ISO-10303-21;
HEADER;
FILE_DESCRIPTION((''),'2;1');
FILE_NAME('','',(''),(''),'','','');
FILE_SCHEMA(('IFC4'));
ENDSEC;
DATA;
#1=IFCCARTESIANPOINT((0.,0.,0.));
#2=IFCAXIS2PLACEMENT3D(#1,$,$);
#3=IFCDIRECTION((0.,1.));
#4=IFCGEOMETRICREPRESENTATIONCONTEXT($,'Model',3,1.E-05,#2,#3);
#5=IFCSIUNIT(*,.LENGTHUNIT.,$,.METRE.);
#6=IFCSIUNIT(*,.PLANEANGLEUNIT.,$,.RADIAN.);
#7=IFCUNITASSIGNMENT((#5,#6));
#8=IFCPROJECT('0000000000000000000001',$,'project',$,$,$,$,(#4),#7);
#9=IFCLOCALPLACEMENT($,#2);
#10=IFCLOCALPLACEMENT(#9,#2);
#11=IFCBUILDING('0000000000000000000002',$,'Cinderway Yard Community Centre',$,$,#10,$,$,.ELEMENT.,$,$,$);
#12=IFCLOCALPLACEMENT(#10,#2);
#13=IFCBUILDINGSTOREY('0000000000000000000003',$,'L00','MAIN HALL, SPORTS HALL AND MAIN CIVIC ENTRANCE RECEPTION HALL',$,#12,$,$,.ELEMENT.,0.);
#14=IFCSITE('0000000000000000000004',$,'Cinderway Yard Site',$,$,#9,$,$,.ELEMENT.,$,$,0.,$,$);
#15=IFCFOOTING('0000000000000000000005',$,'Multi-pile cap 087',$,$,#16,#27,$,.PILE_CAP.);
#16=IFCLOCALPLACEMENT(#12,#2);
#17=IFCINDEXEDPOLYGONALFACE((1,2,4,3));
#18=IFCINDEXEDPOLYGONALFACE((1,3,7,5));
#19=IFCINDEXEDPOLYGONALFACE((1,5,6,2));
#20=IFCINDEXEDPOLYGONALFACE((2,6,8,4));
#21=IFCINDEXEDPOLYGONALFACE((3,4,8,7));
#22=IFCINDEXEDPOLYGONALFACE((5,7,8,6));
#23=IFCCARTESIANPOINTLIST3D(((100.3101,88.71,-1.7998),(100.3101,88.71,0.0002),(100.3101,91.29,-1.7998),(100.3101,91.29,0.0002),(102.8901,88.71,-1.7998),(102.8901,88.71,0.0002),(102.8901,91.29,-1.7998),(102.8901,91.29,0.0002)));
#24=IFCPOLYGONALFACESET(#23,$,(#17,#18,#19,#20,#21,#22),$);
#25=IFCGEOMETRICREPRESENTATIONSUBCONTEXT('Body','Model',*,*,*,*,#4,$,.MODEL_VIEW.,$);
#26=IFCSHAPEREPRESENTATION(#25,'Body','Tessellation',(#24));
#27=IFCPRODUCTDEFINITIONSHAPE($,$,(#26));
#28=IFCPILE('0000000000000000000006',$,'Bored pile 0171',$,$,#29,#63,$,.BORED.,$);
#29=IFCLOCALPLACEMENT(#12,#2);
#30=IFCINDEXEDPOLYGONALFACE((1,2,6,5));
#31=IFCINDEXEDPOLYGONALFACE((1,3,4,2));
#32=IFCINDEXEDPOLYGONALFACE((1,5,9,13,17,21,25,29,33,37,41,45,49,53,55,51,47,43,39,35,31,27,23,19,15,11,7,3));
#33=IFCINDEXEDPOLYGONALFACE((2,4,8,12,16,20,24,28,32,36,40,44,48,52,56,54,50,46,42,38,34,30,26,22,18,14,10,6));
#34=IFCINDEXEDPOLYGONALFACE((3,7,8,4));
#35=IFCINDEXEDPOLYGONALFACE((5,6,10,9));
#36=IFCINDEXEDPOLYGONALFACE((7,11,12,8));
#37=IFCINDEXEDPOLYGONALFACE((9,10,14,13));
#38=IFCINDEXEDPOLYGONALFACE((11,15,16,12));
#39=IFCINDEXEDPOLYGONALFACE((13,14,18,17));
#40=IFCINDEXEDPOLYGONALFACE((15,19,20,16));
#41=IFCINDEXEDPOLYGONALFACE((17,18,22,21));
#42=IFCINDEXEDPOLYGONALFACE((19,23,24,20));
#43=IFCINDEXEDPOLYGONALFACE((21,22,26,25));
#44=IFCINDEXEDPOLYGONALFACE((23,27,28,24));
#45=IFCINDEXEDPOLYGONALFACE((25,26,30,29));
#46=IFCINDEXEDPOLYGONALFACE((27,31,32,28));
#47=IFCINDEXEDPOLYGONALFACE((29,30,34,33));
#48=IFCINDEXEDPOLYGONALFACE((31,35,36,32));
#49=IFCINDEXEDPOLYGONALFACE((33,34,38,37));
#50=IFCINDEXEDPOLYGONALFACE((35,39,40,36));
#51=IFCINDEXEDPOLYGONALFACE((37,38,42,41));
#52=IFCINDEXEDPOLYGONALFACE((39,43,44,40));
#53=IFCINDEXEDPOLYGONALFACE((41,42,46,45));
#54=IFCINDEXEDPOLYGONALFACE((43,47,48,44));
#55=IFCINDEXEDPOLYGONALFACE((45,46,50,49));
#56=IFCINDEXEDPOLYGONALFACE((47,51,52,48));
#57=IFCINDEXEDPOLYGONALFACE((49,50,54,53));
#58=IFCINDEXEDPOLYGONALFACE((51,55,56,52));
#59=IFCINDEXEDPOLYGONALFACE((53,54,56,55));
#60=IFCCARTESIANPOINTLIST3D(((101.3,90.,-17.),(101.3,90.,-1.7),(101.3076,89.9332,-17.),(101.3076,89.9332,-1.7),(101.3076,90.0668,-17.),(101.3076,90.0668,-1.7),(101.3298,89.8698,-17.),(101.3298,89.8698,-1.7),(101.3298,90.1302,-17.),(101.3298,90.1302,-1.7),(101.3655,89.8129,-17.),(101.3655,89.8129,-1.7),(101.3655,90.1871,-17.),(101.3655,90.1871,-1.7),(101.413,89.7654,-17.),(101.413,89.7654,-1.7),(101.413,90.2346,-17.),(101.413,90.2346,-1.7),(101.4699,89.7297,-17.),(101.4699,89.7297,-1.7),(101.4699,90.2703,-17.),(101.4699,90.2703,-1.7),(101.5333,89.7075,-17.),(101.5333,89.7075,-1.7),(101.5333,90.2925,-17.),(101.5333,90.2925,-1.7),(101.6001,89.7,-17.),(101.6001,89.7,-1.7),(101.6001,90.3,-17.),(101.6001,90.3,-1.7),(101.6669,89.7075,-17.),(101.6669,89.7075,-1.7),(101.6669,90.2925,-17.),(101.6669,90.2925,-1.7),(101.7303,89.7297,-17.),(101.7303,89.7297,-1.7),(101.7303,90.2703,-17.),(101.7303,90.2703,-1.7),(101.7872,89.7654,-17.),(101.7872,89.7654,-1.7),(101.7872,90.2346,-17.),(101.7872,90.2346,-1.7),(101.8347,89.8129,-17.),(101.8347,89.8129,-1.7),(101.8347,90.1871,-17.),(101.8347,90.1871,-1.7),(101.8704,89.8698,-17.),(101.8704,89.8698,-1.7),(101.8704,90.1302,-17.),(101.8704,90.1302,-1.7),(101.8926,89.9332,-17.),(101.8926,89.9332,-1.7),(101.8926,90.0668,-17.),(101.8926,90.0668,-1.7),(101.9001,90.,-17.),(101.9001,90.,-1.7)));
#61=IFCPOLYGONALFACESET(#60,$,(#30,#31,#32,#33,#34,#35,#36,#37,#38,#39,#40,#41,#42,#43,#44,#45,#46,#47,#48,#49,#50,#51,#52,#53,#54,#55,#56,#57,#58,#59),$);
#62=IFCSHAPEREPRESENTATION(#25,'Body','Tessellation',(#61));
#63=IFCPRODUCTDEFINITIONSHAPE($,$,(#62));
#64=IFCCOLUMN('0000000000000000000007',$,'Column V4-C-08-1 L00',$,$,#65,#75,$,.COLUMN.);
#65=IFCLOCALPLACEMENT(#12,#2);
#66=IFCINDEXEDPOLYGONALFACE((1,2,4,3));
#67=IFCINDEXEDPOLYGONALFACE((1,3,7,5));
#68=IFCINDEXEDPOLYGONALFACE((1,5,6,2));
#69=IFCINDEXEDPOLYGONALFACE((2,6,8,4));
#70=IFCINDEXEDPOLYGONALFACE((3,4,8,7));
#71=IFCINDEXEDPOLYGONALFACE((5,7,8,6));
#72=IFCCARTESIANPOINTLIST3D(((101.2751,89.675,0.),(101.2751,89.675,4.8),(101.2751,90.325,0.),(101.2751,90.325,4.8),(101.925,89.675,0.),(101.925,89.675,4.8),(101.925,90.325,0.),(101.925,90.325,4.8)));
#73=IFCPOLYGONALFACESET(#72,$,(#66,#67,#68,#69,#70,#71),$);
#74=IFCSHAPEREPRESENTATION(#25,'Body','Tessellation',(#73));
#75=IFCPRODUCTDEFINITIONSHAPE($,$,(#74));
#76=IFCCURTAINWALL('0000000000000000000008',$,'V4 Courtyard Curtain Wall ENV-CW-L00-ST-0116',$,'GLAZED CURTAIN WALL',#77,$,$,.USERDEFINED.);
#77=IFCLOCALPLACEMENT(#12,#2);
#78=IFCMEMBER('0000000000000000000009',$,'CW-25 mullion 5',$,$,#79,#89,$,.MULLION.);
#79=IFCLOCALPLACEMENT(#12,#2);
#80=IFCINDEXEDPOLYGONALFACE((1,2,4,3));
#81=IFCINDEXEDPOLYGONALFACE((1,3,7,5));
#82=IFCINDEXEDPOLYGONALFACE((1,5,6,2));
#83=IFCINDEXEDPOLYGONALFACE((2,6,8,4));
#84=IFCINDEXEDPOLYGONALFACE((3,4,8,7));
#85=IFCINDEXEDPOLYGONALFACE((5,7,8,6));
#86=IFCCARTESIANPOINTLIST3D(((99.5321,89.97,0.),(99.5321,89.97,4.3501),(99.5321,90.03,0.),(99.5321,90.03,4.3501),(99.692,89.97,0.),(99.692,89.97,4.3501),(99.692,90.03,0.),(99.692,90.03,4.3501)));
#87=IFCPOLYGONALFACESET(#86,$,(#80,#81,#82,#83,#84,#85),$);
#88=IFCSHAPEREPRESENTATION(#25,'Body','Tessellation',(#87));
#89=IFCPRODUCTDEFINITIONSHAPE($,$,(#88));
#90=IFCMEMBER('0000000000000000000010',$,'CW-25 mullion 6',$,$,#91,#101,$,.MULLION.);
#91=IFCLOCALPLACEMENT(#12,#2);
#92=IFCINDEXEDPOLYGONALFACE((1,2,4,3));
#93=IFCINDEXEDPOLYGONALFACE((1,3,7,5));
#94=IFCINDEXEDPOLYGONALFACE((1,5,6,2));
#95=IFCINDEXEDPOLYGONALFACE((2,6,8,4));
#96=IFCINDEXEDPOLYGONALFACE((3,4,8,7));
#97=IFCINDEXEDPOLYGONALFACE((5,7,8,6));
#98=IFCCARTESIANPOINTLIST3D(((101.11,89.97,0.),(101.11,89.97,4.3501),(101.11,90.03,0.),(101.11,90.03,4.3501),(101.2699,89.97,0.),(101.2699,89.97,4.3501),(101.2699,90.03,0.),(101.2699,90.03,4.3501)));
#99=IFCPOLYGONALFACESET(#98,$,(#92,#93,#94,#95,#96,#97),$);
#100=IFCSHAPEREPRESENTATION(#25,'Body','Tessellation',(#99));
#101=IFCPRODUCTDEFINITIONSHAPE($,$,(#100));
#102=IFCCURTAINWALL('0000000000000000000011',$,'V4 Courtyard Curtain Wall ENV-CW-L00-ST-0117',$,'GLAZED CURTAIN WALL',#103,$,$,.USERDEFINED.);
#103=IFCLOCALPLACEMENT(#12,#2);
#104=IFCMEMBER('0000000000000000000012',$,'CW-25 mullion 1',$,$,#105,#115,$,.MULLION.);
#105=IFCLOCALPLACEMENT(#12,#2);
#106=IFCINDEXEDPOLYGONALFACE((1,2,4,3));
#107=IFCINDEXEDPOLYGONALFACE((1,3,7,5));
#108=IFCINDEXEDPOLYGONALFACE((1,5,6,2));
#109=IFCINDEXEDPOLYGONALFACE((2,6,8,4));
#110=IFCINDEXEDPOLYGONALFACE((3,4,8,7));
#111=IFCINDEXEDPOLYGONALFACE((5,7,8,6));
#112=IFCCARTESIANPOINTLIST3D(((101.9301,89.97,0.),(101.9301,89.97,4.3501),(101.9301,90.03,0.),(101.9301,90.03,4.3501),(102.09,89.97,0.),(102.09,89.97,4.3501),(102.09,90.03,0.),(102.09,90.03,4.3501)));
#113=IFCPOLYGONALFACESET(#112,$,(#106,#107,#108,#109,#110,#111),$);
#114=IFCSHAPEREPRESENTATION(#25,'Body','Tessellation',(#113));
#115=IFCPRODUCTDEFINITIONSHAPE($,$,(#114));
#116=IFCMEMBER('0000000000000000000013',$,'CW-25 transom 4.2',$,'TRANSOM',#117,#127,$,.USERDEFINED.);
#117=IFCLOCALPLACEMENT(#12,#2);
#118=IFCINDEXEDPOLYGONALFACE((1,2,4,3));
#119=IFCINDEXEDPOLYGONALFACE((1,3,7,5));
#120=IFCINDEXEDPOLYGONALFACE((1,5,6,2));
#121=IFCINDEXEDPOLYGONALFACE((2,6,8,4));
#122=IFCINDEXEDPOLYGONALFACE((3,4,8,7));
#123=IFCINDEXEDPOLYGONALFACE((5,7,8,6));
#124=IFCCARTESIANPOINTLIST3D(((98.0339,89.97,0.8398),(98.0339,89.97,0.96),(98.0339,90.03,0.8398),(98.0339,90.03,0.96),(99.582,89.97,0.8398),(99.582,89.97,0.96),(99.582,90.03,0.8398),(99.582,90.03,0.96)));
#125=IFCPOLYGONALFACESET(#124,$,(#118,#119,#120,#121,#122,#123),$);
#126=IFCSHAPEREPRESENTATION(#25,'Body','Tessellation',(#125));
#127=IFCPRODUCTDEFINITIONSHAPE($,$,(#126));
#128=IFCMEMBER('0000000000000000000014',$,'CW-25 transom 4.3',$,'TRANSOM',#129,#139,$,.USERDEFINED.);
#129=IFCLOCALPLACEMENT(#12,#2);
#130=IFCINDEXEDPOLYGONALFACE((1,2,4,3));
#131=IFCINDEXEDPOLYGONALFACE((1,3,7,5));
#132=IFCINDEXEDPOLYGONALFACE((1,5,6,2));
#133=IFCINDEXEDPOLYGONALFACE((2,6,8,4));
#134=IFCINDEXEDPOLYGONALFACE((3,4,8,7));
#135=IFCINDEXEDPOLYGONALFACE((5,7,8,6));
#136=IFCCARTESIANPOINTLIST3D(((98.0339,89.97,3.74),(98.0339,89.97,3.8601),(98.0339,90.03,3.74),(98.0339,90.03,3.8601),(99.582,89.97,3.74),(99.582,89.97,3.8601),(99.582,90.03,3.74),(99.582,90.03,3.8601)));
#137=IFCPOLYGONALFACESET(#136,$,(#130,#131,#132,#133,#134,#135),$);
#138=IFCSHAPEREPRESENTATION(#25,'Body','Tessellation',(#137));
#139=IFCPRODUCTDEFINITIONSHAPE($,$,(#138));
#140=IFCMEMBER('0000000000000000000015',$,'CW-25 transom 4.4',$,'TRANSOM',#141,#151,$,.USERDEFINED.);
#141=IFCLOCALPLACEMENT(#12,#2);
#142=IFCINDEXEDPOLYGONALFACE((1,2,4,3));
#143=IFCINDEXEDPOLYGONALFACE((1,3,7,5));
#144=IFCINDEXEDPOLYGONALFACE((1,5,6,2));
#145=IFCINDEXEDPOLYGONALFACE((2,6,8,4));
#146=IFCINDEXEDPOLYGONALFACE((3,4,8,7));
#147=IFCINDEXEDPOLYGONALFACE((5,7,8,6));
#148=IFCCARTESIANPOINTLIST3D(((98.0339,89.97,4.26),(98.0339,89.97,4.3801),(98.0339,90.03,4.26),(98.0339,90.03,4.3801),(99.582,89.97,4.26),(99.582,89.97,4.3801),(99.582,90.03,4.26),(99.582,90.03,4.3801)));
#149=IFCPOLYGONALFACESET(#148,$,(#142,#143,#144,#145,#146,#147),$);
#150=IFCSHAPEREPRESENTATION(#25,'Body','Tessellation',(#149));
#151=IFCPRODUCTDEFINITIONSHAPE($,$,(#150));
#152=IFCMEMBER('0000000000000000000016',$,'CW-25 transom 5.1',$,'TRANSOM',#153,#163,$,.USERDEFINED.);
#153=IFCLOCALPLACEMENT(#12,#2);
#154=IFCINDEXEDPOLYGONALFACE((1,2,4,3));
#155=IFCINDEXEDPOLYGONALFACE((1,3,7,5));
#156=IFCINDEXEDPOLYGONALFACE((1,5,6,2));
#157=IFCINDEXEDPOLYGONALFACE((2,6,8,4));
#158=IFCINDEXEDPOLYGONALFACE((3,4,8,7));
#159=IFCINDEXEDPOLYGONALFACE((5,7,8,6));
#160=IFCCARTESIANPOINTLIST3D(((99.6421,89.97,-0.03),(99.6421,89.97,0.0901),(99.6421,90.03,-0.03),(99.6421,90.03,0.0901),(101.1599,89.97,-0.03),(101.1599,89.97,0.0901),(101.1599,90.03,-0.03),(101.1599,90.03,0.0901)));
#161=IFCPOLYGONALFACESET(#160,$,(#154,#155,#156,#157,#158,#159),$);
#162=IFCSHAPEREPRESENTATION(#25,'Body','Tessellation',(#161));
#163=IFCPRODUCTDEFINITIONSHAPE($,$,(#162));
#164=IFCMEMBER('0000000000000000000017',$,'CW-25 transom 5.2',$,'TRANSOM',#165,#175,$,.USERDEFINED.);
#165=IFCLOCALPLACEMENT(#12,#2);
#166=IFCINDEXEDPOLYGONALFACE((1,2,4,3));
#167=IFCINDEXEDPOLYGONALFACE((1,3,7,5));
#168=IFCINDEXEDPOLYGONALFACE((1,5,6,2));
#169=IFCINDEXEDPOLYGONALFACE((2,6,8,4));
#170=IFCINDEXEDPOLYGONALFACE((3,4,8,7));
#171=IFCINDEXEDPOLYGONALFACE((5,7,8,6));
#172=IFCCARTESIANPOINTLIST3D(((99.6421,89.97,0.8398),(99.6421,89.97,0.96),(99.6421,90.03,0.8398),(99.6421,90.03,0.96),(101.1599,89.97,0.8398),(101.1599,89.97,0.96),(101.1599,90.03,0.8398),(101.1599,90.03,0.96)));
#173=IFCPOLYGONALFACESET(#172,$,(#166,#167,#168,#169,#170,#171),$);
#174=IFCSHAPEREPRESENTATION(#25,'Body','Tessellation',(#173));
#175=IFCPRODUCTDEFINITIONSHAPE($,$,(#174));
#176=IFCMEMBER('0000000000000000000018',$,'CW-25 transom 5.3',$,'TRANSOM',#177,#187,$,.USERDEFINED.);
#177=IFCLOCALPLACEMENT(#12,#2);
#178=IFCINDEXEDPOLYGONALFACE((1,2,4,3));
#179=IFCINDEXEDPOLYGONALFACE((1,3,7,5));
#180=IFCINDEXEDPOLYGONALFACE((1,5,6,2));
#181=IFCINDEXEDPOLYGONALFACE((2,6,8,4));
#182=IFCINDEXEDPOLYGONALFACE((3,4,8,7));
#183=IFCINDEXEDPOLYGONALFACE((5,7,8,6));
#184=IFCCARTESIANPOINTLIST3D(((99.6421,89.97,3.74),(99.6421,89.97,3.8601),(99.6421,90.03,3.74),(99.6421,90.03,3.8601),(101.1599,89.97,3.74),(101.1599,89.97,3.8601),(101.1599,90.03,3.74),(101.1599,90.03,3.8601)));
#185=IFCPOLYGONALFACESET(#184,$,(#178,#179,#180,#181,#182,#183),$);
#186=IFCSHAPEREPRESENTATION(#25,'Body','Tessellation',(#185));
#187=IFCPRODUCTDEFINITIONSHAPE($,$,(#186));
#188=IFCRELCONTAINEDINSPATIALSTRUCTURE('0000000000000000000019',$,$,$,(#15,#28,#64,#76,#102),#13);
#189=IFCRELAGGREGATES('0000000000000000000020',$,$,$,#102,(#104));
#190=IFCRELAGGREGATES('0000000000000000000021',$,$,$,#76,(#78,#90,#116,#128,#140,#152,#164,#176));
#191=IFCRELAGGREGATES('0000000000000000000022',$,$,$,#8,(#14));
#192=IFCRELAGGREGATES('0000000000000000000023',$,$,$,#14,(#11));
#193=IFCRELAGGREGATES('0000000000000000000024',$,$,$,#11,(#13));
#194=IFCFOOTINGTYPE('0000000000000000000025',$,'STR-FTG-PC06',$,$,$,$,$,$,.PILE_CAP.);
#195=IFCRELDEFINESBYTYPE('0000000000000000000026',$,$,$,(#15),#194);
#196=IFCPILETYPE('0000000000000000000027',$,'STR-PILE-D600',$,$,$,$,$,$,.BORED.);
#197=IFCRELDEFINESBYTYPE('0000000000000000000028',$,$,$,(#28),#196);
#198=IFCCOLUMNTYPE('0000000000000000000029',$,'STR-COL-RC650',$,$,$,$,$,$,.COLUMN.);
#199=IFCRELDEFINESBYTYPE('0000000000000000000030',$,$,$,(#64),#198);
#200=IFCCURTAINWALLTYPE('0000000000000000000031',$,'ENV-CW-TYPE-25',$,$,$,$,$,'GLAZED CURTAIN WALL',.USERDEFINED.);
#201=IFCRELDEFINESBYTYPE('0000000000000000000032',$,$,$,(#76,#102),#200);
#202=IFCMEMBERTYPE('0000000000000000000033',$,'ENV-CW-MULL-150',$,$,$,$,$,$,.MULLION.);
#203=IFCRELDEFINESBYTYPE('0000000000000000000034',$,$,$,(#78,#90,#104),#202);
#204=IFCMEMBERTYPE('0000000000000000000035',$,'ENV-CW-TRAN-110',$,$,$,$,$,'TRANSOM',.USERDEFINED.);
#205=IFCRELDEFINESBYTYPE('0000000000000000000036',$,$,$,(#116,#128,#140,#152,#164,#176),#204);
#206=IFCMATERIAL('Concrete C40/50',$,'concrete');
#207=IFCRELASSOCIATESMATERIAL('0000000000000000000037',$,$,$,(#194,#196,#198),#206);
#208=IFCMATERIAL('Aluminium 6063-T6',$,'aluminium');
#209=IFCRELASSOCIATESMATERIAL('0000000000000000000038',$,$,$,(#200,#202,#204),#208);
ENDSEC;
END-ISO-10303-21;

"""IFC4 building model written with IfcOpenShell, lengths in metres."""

from ifc_helpers import new_model, si_unit, direction, frame, origin, origin_2d, place, context, subcontext, project, spatial, rectangle, circle, extrude, material, material_profile, profile_set, type_object, element, aggregate, save


model = new_model("IFC4")

# Units and contexts
model_context = context("Model", 3, precision=1e-05, world=origin(), true_north=direction((0.0, 1.0)))
body_context = subcontext(model_context, "Body", "Model", "MODEL_VIEW")
ifc_project = project(units=[si_unit("LENGTHUNIT", "METRE"), si_unit("PLANEANGLEUNIT", "RADIAN")], contexts=[model_context])

# Site, building, storey
site_placement = place(None, origin())
site = spatial("IfcSite", under=ifc_project, at=site_placement, Name="Cinderway Yard Site", CompositionType="ELEMENT", RefElevation=0.0)
building_placement = place(site_placement, origin())
building = spatial("IfcBuilding", under=site, at=building_placement, Name="Cinderway Yard Community Centre", CompositionType="ELEMENT")
storey_placement = place(building_placement, origin())
storey = spatial("IfcBuildingStorey", under=building, at=storey_placement, Name="L00", Description="MAIN HALL, SPORTS HALL AND MAIN CIVIC ENTRANCE RECEPTION HALL", CompositionType="ELEMENT", Elevation=0.0)

# Footing
ifc_material_1 = material(Name="Concrete C40/50", Category="concrete")
footing_type = type_object("IfcFootingType", Name="STR-FTG-PC06", PredefinedType="PILE_CAP", material=ifc_material_1)
footing_placement = place(storey_placement, frame((101.6001, 90.0, -1.7998), z_axis=(0.0, 0.0, 1.0), x_axis=(1.0, 0.0, 0.0)))
element("IfcFooting", 1, at=footing_placement, inside=storey, type_object=footing_type, Name="Multi-pile cap 087", PredefinedType="PILE_CAP", context=body_context, shape_type="SweptSolid", body=[
    extrude(rectangle(XDim=2.5801, YDim=2.5801, at=origin_2d()), origin(), (0.0, 0.0, 1.0), 1.8),
])

# Pile
ifc_material_profile_1 = material_profile(ifc_material_1, circle(Radius=0.3, at=origin_2d()), Name="Concrete C40/50")
ifc_profile_set_1 = profile_set([ifc_material_profile_1], Name="Concrete C40/50")
pile_type = type_object("IfcPileType", Name="STR-PILE-D600", PredefinedType="BORED", material=ifc_profile_set_1)
pile_placement = place(storey_placement, frame((101.6001, 90.0, -1.7), z_axis=(0.0, 0.0, -1.0), x_axis=(1.0, 0.0, 0.0)))
element("IfcPile", 2, at=pile_placement, inside=storey, type_object=pile_type, Name="Bored pile 0171", PredefinedType="BORED", context=body_context, shape_type="SweptSolid", body=[
    extrude(circle(Radius=0.3, at=origin_2d()), origin(), (0.0, 0.0, 1.0), 15.3),
])

# Column
ifc_material_profile_2 = material_profile(ifc_material_1, rectangle(XDim=0.6499, YDim=0.6499, at=origin_2d()), Name="Concrete C40/50")
ifc_profile_set_2 = profile_set([ifc_material_profile_2], Name="Concrete C40/50")
column_type = type_object("IfcColumnType", Name="STR-COL-RC650", PredefinedType="COLUMN", material=ifc_profile_set_2)
column_placement = place(storey_placement, frame((101.6001, 90.0, 0.0), z_axis=(0.0, 0.0, 1.0), x_axis=(1.0, 0.0, 0.0)))
element("IfcColumn", 3, at=column_placement, inside=storey, type_object=column_type, Name="Column V4-C-08-1 L00", PredefinedType="COLUMN", context=body_context, shape_type="SweptSolid", body=[
    extrude(rectangle(XDim=0.6499, YDim=0.6499, at=origin_2d()), origin(), (0.0, 0.0, 1.0), 4.8),
])

# Curtain wall, members
ifc_material_2 = material(Name="Aluminium 6063-T6", Category="aluminium")
curtain_wall_type = type_object("IfcCurtainWallType", Name="ENV-CW-TYPE-25", ElementType="GLAZED CURTAIN WALL", PredefinedType="USERDEFINED", material=ifc_material_2)
curtain_wall_1_placement = place(storey_placement, origin())
curtain_wall_1 = element("IfcCurtainWall", 4, at=curtain_wall_1_placement, inside=storey, type_object=curtain_wall_type, Name="V4 Courtyard Curtain Wall ENV-CW-L00-ST-0116", ObjectType="GLAZED CURTAIN WALL", PredefinedType="USERDEFINED")
ifc_material_profile_3 = material_profile(ifc_material_2, rectangle(XDim=0.0601, YDim=0.1599, at=origin_2d()), Name="Aluminium 6063-T6")
ifc_profile_set_3 = profile_set([ifc_material_profile_3], Name="Aluminium 6063-T6")
member_type_1 = type_object("IfcMemberType", Name="ENV-CW-MULL-150", PredefinedType="MULLION", material=ifc_profile_set_3)
member_1_placement = place(storey_placement, frame((99.6121, 90.0, 0.0), z_axis=(0.0, 0.0, 1.0), x_axis=(0.0, 1.0, 0.0)))
member_1 = element("IfcMember", 5, at=member_1_placement, type_object=member_type_1, Name="CW-25 mullion 5", PredefinedType="MULLION", context=body_context, shape_type="SweptSolid", body=[
    extrude(rectangle(XDim=0.0601, YDim=0.1599, at=origin_2d()), origin(), (0.0, 0.0, 1.0), 4.3501),
])
member_2_placement = place(storey_placement, frame((101.1899, 90.0, 0.0), z_axis=(0.0, 0.0, 1.0), x_axis=(0.0, 1.0, 0.0)))
member_2 = element("IfcMember", 6, at=member_2_placement, type_object=member_type_1, Name="CW-25 mullion 6", PredefinedType="MULLION", context=body_context, shape_type="SweptSolid", body=[
    extrude(rectangle(XDim=0.0601, YDim=0.1599, at=origin_2d()), origin(), (0.0, 0.0, 1.0), 4.3501),
])

# Curtain wall, member
curtain_wall_2_placement = place(storey_placement, origin())
curtain_wall_2 = element("IfcCurtainWall", 7, at=curtain_wall_2_placement, inside=storey, type_object=curtain_wall_type, Name="V4 Courtyard Curtain Wall ENV-CW-L00-ST-0117", ObjectType="GLAZED CURTAIN WALL", PredefinedType="USERDEFINED")
member_3_placement = place(storey_placement, frame((102.01, 90.0, 0.0), z_axis=(0.0, 0.0, 1.0), x_axis=(0.0, 1.0, 0.0)))
member_3 = element("IfcMember", 8, at=member_3_placement, type_object=member_type_1, Name="CW-25 mullion 1", PredefinedType="MULLION", context=body_context, shape_type="SweptSolid", body=[
    extrude(rectangle(XDim=0.0601, YDim=0.1599, at=origin_2d()), origin(), (0.0, 0.0, 1.0), 4.3501),
])
aggregate(curtain_wall_2, [member_3])

# Members
ifc_material_profile_4 = material_profile(ifc_material_2, rectangle(XDim=0.0601, YDim=0.1201, at=origin_2d()), Name="Aluminium 6063-T6")
ifc_profile_set_4 = profile_set([ifc_material_profile_4], Name="Aluminium 6063-T6")
member_type_2 = type_object("IfcMemberType", Name="ENV-CW-TRAN-110", ElementType="TRANSOM", PredefinedType="USERDEFINED", material=ifc_profile_set_4)
member_4_placement = place(storey_placement, frame((98.0339, 90.0, 0.8999), z_axis=(1.0, 0.0, 0.0), x_axis=(0.0, 1.0, 0.0)))
member_4 = element("IfcMember", 9, at=member_4_placement, type_object=member_type_2, Name="CW-25 transom 4.2", ObjectType="TRANSOM", PredefinedType="USERDEFINED", context=body_context, shape_type="SweptSolid", body=[
    extrude(rectangle(XDim=0.0601, YDim=0.1201, at=origin_2d()), origin(), (0.0, 0.0, 1.0), 1.5481),
])
member_5_placement = place(storey_placement, frame((98.0339, 90.0, 3.8), z_axis=(1.0, 0.0, 0.0), x_axis=(0.0, 1.0, 0.0)))
member_5 = element("IfcMember", 10, at=member_5_placement, type_object=member_type_2, Name="CW-25 transom 4.3", ObjectType="TRANSOM", PredefinedType="USERDEFINED", context=body_context, shape_type="SweptSolid", body=[
    extrude(rectangle(XDim=0.0601, YDim=0.1201, at=origin_2d()), origin(), (0.0, 0.0, 1.0), 1.5481),
])
member_6_placement = place(storey_placement, frame((98.0339, 90.0, 4.3201), z_axis=(1.0, 0.0, 0.0), x_axis=(0.0, 1.0, 0.0)))
member_6 = element("IfcMember", 11, at=member_6_placement, type_object=member_type_2, Name="CW-25 transom 4.4", ObjectType="TRANSOM", PredefinedType="USERDEFINED", context=body_context, shape_type="SweptSolid", body=[
    extrude(rectangle(XDim=0.0601, YDim=0.1201, at=origin_2d()), origin(), (0.0, 0.0, 1.0), 1.5481),
])
member_7_placement = place(storey_placement, frame((99.6421, 90.0, 0.03), z_axis=(1.0, 0.0, 0.0), x_axis=(0.0, 1.0, 0.0)))
member_7 = element("IfcMember", 12, at=member_7_placement, type_object=member_type_2, Name="CW-25 transom 5.1", ObjectType="TRANSOM", PredefinedType="USERDEFINED", context=body_context, shape_type="SweptSolid", body=[
    extrude(rectangle(XDim=0.0601, YDim=0.1201, at=origin_2d()), origin(), (0.0, 0.0, 1.0), 1.5178),
])
member_8_placement = place(storey_placement, frame((99.6421, 90.0, 0.8999), z_axis=(1.0, 0.0, 0.0), x_axis=(0.0, 1.0, 0.0)))
member_8 = element("IfcMember", 13, at=member_8_placement, type_object=member_type_2, Name="CW-25 transom 5.2", ObjectType="TRANSOM", PredefinedType="USERDEFINED", context=body_context, shape_type="SweptSolid", body=[
    extrude(rectangle(XDim=0.0601, YDim=0.1201, at=origin_2d()), origin(), (0.0, 0.0, 1.0), 1.5178),
])
member_9_placement = place(storey_placement, frame((99.6421, 90.0, 3.8), z_axis=(1.0, 0.0, 0.0), x_axis=(0.0, 1.0, 0.0)))
member_9 = element("IfcMember", 14, at=member_9_placement, type_object=member_type_2, Name="CW-25 transom 5.3", ObjectType="TRANSOM", PredefinedType="USERDEFINED", context=body_context, shape_type="SweptSolid", body=[
    extrude(rectangle(XDim=0.0601, YDim=0.1201, at=origin_2d()), origin(), (0.0, 0.0, 1.0), 1.5178),
])

aggregate(curtain_wall_1, [member_1, member_2, member_4, member_5, member_6, member_7, member_8, member_9])

save(model, "model.ifc")
